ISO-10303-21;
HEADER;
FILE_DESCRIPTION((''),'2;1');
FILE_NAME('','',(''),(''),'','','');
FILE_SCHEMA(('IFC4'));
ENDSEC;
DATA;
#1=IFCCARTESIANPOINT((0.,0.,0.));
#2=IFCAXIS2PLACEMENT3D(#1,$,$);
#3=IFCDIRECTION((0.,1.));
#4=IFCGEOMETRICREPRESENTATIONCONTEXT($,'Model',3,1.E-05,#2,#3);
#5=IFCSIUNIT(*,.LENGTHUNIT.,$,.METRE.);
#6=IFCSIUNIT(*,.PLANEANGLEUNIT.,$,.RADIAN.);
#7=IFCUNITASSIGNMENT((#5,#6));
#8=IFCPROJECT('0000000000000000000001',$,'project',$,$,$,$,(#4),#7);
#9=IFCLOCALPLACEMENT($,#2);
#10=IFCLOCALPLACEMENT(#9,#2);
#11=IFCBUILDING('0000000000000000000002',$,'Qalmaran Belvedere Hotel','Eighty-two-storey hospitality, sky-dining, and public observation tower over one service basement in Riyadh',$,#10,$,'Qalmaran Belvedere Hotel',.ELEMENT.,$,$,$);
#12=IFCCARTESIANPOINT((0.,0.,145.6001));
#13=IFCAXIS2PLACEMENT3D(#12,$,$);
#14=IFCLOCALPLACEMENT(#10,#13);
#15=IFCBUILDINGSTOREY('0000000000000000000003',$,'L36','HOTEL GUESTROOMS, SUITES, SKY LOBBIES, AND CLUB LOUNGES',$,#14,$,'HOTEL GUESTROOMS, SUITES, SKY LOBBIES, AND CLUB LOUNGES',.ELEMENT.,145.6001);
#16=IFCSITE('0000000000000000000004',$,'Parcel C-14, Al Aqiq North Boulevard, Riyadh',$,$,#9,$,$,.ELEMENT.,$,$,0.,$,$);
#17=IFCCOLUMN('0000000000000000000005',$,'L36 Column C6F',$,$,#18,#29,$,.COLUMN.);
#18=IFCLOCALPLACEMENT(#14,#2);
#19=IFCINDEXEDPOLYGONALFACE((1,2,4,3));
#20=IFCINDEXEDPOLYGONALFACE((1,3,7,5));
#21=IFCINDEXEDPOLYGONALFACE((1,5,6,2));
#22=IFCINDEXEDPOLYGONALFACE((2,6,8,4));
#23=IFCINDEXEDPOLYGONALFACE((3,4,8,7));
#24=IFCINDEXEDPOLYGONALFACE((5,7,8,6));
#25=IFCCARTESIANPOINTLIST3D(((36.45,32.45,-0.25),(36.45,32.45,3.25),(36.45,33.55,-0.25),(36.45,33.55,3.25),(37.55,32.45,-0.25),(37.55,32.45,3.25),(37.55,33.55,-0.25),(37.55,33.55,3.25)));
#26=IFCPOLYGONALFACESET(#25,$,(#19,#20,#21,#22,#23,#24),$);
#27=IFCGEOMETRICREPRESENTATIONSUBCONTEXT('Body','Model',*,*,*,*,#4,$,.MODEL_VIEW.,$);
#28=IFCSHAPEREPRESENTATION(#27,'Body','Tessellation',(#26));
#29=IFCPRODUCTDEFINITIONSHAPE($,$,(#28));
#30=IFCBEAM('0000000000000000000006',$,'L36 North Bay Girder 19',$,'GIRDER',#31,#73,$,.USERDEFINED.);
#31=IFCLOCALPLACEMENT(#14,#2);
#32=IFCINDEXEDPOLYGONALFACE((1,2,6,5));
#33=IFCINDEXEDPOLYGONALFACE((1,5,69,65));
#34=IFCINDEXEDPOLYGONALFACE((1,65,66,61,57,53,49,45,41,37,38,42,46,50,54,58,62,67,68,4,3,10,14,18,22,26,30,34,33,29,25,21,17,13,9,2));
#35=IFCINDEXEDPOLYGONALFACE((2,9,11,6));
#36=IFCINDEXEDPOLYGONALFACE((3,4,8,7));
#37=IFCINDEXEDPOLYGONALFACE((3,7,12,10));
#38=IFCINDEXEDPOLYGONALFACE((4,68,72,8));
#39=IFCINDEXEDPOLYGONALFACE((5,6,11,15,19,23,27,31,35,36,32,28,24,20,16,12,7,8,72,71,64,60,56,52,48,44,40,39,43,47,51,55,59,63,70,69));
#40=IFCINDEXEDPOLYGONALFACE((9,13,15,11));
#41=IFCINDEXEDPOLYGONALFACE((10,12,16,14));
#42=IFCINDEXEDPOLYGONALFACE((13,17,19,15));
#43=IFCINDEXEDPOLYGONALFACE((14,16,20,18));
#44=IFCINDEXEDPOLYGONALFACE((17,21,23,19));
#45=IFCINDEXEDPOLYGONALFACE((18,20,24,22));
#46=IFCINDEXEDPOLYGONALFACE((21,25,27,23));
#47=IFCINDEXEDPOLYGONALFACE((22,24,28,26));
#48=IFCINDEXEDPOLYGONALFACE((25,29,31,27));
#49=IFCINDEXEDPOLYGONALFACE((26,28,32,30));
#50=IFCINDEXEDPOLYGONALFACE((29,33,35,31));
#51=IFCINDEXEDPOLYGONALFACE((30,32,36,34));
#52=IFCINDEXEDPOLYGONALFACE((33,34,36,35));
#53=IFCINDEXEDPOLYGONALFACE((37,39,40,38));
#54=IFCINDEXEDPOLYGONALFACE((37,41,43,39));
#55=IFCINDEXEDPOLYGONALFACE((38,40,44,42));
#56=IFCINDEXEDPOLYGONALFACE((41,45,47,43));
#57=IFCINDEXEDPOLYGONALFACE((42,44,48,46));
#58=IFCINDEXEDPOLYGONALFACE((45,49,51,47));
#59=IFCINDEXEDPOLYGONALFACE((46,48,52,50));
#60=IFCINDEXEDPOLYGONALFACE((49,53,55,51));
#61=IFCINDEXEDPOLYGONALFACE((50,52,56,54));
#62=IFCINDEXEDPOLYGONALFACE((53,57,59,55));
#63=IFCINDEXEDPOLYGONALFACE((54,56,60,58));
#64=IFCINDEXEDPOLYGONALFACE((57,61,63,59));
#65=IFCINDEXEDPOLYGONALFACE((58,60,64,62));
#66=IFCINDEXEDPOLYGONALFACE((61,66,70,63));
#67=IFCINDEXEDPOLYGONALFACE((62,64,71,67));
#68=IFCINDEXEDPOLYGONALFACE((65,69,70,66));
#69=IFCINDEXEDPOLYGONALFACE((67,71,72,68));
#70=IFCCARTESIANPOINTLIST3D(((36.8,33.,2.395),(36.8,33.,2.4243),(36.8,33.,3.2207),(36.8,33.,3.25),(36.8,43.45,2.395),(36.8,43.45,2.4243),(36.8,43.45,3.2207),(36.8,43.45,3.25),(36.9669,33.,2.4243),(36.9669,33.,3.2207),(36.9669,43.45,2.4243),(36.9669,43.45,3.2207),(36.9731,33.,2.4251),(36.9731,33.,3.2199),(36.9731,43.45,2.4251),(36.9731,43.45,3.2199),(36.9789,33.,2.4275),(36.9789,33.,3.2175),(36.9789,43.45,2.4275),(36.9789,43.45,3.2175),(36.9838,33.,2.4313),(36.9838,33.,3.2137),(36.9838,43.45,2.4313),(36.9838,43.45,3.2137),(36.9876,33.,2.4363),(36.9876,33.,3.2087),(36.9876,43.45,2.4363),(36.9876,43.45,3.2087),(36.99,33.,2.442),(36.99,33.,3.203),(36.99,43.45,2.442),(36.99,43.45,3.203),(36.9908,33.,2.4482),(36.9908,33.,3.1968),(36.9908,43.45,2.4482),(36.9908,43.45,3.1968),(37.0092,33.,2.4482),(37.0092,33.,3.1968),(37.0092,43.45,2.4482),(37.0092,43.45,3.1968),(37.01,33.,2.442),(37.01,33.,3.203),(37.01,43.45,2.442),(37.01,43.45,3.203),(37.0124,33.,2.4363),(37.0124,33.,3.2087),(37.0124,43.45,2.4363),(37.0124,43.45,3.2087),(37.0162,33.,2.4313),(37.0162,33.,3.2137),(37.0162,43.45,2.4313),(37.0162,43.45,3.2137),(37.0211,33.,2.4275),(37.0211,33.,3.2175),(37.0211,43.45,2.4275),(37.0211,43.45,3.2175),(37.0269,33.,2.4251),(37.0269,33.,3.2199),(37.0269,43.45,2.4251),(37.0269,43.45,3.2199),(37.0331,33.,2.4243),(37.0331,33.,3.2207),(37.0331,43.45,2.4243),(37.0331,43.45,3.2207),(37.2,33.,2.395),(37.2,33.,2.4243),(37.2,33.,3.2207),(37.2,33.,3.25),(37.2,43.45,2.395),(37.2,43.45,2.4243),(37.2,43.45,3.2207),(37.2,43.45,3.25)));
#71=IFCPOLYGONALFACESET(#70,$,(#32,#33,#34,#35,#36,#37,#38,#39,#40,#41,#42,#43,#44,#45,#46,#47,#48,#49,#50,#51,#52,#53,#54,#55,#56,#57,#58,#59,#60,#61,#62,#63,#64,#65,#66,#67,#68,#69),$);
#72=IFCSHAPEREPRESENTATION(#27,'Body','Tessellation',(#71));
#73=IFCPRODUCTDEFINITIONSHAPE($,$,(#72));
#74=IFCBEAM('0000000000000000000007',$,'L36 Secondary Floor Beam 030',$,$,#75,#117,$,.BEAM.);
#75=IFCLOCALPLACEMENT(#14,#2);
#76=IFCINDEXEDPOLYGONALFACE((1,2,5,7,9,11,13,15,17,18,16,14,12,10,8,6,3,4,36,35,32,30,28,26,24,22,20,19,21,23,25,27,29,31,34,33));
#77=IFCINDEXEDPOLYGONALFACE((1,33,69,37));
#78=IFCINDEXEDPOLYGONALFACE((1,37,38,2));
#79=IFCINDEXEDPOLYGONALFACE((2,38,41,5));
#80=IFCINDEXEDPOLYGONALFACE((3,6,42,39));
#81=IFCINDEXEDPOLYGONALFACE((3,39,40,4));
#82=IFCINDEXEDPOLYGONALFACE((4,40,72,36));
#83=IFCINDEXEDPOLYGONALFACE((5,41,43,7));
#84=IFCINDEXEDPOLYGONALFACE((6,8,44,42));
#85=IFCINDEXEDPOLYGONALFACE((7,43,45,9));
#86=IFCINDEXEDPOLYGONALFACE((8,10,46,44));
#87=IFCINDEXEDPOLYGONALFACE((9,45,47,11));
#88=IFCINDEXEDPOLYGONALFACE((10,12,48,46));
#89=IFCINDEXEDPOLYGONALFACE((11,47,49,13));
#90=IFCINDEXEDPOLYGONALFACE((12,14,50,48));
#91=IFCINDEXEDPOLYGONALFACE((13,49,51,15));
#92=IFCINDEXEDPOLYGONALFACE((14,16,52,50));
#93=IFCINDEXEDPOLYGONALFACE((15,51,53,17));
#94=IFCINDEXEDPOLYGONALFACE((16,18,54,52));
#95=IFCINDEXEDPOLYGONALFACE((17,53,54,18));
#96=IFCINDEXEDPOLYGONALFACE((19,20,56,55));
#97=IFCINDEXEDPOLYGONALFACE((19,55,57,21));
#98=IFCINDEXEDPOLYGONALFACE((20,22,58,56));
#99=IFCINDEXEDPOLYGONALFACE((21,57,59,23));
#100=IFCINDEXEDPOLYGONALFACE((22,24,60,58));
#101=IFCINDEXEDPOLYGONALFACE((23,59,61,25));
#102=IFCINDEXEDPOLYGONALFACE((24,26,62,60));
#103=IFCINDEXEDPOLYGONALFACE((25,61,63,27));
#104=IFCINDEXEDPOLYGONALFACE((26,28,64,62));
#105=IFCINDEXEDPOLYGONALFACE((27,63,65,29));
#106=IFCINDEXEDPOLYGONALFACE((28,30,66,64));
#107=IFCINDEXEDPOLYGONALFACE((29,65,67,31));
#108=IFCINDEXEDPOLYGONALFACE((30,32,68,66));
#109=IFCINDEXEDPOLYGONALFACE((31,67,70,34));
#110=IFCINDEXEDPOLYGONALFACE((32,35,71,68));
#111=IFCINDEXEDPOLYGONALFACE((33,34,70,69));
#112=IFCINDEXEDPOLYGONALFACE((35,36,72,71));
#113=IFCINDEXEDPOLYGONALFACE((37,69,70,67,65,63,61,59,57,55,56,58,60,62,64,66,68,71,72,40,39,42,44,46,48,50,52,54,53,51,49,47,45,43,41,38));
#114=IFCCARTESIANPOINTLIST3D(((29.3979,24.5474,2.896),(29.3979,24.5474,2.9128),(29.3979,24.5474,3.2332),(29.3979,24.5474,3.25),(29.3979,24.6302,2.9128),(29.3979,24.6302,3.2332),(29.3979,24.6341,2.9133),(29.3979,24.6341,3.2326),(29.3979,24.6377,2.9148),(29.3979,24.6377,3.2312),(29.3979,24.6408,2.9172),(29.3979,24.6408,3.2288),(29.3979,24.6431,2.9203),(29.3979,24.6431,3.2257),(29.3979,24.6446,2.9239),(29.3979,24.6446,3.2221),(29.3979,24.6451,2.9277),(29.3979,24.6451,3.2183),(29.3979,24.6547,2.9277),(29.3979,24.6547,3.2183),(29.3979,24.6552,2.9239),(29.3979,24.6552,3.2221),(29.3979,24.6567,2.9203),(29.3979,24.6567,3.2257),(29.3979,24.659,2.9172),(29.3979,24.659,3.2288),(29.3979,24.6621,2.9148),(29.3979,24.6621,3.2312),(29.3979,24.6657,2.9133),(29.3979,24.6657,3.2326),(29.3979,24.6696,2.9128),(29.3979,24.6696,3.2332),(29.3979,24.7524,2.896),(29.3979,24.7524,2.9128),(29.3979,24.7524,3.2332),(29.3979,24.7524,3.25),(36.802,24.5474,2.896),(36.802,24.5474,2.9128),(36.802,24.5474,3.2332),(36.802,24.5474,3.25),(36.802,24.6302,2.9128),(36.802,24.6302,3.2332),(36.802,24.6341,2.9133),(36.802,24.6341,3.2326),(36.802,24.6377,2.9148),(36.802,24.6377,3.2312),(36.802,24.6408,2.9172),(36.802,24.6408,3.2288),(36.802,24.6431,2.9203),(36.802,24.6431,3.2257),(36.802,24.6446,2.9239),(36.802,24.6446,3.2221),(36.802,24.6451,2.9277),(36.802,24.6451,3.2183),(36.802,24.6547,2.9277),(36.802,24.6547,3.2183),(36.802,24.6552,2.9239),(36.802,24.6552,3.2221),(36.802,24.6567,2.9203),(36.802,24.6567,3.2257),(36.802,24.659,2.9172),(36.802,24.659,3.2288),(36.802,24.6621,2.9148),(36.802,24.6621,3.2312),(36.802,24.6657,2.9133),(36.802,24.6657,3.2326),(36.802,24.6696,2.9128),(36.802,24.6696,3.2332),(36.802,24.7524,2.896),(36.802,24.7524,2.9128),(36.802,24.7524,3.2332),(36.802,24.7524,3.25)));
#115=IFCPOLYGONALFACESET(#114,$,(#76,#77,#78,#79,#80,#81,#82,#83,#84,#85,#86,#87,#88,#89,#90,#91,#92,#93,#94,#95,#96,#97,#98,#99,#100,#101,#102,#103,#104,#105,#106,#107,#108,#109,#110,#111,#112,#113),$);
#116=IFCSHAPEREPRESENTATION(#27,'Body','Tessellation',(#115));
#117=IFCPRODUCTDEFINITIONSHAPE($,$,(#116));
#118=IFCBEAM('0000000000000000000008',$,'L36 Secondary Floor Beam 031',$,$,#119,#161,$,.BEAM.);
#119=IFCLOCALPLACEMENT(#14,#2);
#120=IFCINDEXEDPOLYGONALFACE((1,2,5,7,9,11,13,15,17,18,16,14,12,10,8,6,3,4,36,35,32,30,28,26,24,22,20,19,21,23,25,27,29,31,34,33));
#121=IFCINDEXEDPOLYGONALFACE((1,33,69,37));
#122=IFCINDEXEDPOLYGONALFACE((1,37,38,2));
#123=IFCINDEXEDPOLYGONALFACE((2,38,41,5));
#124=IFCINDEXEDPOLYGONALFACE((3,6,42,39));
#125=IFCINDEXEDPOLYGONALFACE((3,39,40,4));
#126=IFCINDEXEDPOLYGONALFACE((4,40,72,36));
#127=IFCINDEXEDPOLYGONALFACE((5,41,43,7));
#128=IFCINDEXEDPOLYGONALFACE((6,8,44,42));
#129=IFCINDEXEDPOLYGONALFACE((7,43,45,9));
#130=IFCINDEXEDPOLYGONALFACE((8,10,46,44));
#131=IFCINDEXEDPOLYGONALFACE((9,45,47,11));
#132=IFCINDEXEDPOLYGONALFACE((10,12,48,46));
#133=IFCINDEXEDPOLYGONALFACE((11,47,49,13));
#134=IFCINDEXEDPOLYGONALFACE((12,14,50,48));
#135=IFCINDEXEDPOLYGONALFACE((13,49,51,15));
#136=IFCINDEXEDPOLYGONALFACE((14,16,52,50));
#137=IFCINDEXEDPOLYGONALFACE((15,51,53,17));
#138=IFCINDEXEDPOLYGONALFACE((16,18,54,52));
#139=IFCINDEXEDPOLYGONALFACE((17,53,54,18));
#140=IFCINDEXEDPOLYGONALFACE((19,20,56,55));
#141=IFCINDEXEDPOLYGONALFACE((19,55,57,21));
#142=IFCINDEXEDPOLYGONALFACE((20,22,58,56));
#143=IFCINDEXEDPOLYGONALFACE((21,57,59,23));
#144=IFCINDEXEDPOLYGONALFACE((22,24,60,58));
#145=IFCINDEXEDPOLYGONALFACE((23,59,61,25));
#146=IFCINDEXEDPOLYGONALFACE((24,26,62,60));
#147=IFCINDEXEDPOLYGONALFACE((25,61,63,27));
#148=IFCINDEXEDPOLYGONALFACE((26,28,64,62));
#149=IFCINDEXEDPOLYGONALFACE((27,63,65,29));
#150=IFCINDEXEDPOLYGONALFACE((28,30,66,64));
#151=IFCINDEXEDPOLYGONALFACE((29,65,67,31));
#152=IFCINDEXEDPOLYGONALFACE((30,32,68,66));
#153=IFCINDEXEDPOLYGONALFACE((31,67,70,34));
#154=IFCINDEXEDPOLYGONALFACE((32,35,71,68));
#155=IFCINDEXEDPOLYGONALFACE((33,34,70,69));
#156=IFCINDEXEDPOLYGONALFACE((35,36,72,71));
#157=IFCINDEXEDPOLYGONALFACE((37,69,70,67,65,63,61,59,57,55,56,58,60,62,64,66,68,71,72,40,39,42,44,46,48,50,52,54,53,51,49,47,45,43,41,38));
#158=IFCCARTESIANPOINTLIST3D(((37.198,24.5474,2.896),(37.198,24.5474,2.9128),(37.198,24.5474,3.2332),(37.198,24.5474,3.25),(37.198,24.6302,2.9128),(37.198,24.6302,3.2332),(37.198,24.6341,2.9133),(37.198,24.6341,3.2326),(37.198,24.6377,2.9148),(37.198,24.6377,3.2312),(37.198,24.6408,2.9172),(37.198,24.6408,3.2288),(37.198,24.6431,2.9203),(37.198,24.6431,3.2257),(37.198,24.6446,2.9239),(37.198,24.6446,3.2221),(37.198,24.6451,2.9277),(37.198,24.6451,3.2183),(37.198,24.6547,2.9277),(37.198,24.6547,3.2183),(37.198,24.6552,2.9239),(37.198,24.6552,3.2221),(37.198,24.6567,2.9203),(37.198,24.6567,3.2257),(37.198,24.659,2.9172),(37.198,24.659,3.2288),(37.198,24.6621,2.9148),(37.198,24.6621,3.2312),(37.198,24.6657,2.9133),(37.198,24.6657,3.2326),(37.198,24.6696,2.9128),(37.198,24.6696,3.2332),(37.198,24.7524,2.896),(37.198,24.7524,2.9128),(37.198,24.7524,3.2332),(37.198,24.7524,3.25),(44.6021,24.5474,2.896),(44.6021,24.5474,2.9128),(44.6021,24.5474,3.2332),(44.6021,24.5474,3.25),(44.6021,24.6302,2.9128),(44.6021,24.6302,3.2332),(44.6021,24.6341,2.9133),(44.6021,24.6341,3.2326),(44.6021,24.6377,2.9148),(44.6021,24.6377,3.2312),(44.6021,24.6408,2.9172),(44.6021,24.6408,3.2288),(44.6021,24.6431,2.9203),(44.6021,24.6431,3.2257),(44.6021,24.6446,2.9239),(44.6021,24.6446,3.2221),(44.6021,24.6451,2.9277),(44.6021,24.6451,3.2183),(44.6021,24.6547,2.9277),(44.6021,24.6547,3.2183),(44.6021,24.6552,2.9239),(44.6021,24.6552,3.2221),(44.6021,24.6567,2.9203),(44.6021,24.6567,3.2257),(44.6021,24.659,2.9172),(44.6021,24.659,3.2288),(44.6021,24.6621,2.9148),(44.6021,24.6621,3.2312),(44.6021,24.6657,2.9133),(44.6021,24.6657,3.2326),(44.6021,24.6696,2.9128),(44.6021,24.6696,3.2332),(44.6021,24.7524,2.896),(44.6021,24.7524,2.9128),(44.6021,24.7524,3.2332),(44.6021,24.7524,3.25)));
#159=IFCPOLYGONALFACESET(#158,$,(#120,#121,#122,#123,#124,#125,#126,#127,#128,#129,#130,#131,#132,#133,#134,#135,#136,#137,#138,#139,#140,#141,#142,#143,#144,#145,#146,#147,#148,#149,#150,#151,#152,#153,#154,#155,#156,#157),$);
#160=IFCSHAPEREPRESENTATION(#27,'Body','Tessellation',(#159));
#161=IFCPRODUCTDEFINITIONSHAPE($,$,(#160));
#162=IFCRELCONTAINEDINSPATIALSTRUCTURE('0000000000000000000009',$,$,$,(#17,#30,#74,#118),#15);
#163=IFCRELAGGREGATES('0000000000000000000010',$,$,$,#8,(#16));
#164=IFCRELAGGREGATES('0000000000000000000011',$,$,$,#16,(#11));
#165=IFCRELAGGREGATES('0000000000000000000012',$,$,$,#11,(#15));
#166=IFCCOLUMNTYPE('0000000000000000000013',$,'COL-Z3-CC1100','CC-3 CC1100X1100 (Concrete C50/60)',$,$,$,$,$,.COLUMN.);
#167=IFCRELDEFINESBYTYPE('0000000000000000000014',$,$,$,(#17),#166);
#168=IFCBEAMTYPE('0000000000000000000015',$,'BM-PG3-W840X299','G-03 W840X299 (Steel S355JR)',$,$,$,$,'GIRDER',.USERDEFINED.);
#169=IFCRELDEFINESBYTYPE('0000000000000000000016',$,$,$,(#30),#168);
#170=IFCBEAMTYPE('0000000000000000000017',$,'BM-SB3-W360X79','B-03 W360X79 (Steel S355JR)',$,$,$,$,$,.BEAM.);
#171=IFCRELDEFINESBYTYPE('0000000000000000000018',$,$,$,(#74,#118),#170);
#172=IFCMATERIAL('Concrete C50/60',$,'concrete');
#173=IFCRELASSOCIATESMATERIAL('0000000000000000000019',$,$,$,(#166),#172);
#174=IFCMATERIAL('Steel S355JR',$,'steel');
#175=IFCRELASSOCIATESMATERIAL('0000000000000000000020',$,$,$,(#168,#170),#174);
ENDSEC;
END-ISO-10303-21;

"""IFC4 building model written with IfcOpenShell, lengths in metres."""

from ifc_helpers import new_model, si_unit, direction, frame, origin, origin_2d, place, context, subcontext, project, spatial, rectangle, i_section, extrude, material, material_profile, profile_set, type_object, element, save


model = new_model("IFC4")

# Units and contexts
model_context = context("Model", 3, precision=1e-05, world=origin(), true_north=direction((0.0, 1.0)))
body_context = subcontext(model_context, "Body", "Model", "MODEL_VIEW")
ifc_project = project(units=[si_unit("LENGTHUNIT", "METRE"), si_unit("PLANEANGLEUNIT", "RADIAN")], contexts=[model_context])

# Site, building, storey
site_placement = place(None, origin())
site = spatial("IfcSite", under=ifc_project, at=site_placement, Name="Parcel C-14, Al Aqiq North Boulevard, Riyadh", CompositionType="ELEMENT", RefElevation=0.0)
building_placement = place(site_placement, origin())
building = spatial("IfcBuilding", under=site, at=building_placement, Name="Qalmaran Belvedere Hotel", Description="Eighty-two-storey hospitality, sky-dining, and public observation tower over one service basement in Riyadh", LongName="Qalmaran Belvedere Hotel", CompositionType="ELEMENT")
storey_placement = place(building_placement, frame((0.0, 0.0, 145.6001)))
storey = spatial("IfcBuildingStorey", under=building, at=storey_placement, Name="L36", Description="HOTEL GUESTROOMS, SUITES, SKY LOBBIES, AND CLUB LOUNGES", LongName="HOTEL GUESTROOMS, SUITES, SKY LOBBIES, AND CLUB LOUNGES", CompositionType="ELEMENT", Elevation=145.6001)

# Column
ifc_material_1 = material(Name="Concrete C50/60", Category="concrete")
ifc_material_profile_1 = material_profile(ifc_material_1, rectangle(XDim=1.1001, YDim=1.1001, at=origin_2d()), Name="CC1100X1100")
ifc_profile_set_1 = profile_set([ifc_material_profile_1], Name="Concrete C50/60")
column_type = type_object("IfcColumnType", Name="COL-Z3-CC1100", Description="CC-3 CC1100X1100 (Concrete C50/60)", PredefinedType="COLUMN", material=ifc_profile_set_1)
column_placement = place(storey_placement, frame((37.0, 33.0, -0.25), z_axis=(0.0, 0.0, 1.0), x_axis=(1.0, 0.0, 0.0)))
element("IfcColumn", 1, at=column_placement, inside=storey, type_object=column_type, Name="L36 Column C6F", PredefinedType="COLUMN", context=body_context, shape_type="SweptSolid", body=[
    extrude(rectangle(XDim=1.1001, YDim=1.1001, at=origin_2d()), origin(), (0.0, 0.0, 1.0), 3.5),
])

# Beams
ifc_material_2 = material(Name="Steel S355JR", Category="steel")
ifc_material_profile_2 = material_profile(ifc_material_2, i_section(OverallWidth=0.3999, OverallDepth=0.855, WebThickness=0.0183, FlangeThickness=0.0293, FilletRadius=0.0239, at=origin_2d()), Name="W840X299")
ifc_profile_set_2 = profile_set([ifc_material_profile_2], Name="Steel S355JR")
beam_type_1 = type_object("IfcBeamType", Name="BM-PG3-W840X299", Description="G-03 W840X299 (Steel S355JR)", ElementType="GIRDER", PredefinedType="USERDEFINED", material=ifc_profile_set_2)
beam_1_placement = place(storey_placement, frame((37.0, 33.0, 2.8225), z_axis=(0.0, 1.0, 0.0), x_axis=(-1.0, 0.0, 0.0)))
element("IfcBeam", 2, at=beam_1_placement, inside=storey, type_object=beam_type_1, Name="L36 North Bay Girder 19", ObjectType="GIRDER", PredefinedType="USERDEFINED", context=body_context, shape_type="SweptSolid", body=[
    extrude(i_section(OverallWidth=0.3999, OverallDepth=0.855, WebThickness=0.0183, FlangeThickness=0.0293, FilletRadius=0.0239, at=origin_2d()), origin(), (0.0, 0.0, 1.0), 10.45),
])
ifc_material_profile_3 = material_profile(ifc_material_2, i_section(OverallWidth=0.2051, OverallDepth=0.354, WebThickness=0.0095, FlangeThickness=0.0168, FilletRadius=0.0149, at=origin_2d()), Name="W360X79")
ifc_profile_set_3 = profile_set([ifc_material_profile_3], Name="Steel S355JR")
beam_type_2 = type_object("IfcBeamType", Name="BM-SB3-W360X79", Description="B-03 W360X79 (Steel S355JR)", PredefinedType="BEAM", material=ifc_profile_set_3)
for number, where, z_axis, x_axis, name in (
    (3, (29.3979, 24.6499, 3.073), (1.0, 0.0, 0.0), (0.0, 1.0, 0.0), "L36 Secondary Floor Beam 030"),
    (4, (37.198, 24.6499, 3.073), (1.0, 0.0, 0.0), (0.0, 1.0, 0.0), "L36 Secondary Floor Beam 031"),
):
    element("IfcBeam", number, at=place(storey_placement, frame(where, z_axis=z_axis, x_axis=x_axis)), inside=storey, type_object=beam_type_2, Name=name, PredefinedType="BEAM", context=body_context, shape_type="SweptSolid", body=[
        extrude(i_section(OverallWidth=0.2051, OverallDepth=0.354, WebThickness=0.0095, FlangeThickness=0.0168, FilletRadius=0.0149, at=origin_2d()), origin(), (0.0, 0.0, 1.0), 7.4041),
    ])

save(model, "model.ifc")
